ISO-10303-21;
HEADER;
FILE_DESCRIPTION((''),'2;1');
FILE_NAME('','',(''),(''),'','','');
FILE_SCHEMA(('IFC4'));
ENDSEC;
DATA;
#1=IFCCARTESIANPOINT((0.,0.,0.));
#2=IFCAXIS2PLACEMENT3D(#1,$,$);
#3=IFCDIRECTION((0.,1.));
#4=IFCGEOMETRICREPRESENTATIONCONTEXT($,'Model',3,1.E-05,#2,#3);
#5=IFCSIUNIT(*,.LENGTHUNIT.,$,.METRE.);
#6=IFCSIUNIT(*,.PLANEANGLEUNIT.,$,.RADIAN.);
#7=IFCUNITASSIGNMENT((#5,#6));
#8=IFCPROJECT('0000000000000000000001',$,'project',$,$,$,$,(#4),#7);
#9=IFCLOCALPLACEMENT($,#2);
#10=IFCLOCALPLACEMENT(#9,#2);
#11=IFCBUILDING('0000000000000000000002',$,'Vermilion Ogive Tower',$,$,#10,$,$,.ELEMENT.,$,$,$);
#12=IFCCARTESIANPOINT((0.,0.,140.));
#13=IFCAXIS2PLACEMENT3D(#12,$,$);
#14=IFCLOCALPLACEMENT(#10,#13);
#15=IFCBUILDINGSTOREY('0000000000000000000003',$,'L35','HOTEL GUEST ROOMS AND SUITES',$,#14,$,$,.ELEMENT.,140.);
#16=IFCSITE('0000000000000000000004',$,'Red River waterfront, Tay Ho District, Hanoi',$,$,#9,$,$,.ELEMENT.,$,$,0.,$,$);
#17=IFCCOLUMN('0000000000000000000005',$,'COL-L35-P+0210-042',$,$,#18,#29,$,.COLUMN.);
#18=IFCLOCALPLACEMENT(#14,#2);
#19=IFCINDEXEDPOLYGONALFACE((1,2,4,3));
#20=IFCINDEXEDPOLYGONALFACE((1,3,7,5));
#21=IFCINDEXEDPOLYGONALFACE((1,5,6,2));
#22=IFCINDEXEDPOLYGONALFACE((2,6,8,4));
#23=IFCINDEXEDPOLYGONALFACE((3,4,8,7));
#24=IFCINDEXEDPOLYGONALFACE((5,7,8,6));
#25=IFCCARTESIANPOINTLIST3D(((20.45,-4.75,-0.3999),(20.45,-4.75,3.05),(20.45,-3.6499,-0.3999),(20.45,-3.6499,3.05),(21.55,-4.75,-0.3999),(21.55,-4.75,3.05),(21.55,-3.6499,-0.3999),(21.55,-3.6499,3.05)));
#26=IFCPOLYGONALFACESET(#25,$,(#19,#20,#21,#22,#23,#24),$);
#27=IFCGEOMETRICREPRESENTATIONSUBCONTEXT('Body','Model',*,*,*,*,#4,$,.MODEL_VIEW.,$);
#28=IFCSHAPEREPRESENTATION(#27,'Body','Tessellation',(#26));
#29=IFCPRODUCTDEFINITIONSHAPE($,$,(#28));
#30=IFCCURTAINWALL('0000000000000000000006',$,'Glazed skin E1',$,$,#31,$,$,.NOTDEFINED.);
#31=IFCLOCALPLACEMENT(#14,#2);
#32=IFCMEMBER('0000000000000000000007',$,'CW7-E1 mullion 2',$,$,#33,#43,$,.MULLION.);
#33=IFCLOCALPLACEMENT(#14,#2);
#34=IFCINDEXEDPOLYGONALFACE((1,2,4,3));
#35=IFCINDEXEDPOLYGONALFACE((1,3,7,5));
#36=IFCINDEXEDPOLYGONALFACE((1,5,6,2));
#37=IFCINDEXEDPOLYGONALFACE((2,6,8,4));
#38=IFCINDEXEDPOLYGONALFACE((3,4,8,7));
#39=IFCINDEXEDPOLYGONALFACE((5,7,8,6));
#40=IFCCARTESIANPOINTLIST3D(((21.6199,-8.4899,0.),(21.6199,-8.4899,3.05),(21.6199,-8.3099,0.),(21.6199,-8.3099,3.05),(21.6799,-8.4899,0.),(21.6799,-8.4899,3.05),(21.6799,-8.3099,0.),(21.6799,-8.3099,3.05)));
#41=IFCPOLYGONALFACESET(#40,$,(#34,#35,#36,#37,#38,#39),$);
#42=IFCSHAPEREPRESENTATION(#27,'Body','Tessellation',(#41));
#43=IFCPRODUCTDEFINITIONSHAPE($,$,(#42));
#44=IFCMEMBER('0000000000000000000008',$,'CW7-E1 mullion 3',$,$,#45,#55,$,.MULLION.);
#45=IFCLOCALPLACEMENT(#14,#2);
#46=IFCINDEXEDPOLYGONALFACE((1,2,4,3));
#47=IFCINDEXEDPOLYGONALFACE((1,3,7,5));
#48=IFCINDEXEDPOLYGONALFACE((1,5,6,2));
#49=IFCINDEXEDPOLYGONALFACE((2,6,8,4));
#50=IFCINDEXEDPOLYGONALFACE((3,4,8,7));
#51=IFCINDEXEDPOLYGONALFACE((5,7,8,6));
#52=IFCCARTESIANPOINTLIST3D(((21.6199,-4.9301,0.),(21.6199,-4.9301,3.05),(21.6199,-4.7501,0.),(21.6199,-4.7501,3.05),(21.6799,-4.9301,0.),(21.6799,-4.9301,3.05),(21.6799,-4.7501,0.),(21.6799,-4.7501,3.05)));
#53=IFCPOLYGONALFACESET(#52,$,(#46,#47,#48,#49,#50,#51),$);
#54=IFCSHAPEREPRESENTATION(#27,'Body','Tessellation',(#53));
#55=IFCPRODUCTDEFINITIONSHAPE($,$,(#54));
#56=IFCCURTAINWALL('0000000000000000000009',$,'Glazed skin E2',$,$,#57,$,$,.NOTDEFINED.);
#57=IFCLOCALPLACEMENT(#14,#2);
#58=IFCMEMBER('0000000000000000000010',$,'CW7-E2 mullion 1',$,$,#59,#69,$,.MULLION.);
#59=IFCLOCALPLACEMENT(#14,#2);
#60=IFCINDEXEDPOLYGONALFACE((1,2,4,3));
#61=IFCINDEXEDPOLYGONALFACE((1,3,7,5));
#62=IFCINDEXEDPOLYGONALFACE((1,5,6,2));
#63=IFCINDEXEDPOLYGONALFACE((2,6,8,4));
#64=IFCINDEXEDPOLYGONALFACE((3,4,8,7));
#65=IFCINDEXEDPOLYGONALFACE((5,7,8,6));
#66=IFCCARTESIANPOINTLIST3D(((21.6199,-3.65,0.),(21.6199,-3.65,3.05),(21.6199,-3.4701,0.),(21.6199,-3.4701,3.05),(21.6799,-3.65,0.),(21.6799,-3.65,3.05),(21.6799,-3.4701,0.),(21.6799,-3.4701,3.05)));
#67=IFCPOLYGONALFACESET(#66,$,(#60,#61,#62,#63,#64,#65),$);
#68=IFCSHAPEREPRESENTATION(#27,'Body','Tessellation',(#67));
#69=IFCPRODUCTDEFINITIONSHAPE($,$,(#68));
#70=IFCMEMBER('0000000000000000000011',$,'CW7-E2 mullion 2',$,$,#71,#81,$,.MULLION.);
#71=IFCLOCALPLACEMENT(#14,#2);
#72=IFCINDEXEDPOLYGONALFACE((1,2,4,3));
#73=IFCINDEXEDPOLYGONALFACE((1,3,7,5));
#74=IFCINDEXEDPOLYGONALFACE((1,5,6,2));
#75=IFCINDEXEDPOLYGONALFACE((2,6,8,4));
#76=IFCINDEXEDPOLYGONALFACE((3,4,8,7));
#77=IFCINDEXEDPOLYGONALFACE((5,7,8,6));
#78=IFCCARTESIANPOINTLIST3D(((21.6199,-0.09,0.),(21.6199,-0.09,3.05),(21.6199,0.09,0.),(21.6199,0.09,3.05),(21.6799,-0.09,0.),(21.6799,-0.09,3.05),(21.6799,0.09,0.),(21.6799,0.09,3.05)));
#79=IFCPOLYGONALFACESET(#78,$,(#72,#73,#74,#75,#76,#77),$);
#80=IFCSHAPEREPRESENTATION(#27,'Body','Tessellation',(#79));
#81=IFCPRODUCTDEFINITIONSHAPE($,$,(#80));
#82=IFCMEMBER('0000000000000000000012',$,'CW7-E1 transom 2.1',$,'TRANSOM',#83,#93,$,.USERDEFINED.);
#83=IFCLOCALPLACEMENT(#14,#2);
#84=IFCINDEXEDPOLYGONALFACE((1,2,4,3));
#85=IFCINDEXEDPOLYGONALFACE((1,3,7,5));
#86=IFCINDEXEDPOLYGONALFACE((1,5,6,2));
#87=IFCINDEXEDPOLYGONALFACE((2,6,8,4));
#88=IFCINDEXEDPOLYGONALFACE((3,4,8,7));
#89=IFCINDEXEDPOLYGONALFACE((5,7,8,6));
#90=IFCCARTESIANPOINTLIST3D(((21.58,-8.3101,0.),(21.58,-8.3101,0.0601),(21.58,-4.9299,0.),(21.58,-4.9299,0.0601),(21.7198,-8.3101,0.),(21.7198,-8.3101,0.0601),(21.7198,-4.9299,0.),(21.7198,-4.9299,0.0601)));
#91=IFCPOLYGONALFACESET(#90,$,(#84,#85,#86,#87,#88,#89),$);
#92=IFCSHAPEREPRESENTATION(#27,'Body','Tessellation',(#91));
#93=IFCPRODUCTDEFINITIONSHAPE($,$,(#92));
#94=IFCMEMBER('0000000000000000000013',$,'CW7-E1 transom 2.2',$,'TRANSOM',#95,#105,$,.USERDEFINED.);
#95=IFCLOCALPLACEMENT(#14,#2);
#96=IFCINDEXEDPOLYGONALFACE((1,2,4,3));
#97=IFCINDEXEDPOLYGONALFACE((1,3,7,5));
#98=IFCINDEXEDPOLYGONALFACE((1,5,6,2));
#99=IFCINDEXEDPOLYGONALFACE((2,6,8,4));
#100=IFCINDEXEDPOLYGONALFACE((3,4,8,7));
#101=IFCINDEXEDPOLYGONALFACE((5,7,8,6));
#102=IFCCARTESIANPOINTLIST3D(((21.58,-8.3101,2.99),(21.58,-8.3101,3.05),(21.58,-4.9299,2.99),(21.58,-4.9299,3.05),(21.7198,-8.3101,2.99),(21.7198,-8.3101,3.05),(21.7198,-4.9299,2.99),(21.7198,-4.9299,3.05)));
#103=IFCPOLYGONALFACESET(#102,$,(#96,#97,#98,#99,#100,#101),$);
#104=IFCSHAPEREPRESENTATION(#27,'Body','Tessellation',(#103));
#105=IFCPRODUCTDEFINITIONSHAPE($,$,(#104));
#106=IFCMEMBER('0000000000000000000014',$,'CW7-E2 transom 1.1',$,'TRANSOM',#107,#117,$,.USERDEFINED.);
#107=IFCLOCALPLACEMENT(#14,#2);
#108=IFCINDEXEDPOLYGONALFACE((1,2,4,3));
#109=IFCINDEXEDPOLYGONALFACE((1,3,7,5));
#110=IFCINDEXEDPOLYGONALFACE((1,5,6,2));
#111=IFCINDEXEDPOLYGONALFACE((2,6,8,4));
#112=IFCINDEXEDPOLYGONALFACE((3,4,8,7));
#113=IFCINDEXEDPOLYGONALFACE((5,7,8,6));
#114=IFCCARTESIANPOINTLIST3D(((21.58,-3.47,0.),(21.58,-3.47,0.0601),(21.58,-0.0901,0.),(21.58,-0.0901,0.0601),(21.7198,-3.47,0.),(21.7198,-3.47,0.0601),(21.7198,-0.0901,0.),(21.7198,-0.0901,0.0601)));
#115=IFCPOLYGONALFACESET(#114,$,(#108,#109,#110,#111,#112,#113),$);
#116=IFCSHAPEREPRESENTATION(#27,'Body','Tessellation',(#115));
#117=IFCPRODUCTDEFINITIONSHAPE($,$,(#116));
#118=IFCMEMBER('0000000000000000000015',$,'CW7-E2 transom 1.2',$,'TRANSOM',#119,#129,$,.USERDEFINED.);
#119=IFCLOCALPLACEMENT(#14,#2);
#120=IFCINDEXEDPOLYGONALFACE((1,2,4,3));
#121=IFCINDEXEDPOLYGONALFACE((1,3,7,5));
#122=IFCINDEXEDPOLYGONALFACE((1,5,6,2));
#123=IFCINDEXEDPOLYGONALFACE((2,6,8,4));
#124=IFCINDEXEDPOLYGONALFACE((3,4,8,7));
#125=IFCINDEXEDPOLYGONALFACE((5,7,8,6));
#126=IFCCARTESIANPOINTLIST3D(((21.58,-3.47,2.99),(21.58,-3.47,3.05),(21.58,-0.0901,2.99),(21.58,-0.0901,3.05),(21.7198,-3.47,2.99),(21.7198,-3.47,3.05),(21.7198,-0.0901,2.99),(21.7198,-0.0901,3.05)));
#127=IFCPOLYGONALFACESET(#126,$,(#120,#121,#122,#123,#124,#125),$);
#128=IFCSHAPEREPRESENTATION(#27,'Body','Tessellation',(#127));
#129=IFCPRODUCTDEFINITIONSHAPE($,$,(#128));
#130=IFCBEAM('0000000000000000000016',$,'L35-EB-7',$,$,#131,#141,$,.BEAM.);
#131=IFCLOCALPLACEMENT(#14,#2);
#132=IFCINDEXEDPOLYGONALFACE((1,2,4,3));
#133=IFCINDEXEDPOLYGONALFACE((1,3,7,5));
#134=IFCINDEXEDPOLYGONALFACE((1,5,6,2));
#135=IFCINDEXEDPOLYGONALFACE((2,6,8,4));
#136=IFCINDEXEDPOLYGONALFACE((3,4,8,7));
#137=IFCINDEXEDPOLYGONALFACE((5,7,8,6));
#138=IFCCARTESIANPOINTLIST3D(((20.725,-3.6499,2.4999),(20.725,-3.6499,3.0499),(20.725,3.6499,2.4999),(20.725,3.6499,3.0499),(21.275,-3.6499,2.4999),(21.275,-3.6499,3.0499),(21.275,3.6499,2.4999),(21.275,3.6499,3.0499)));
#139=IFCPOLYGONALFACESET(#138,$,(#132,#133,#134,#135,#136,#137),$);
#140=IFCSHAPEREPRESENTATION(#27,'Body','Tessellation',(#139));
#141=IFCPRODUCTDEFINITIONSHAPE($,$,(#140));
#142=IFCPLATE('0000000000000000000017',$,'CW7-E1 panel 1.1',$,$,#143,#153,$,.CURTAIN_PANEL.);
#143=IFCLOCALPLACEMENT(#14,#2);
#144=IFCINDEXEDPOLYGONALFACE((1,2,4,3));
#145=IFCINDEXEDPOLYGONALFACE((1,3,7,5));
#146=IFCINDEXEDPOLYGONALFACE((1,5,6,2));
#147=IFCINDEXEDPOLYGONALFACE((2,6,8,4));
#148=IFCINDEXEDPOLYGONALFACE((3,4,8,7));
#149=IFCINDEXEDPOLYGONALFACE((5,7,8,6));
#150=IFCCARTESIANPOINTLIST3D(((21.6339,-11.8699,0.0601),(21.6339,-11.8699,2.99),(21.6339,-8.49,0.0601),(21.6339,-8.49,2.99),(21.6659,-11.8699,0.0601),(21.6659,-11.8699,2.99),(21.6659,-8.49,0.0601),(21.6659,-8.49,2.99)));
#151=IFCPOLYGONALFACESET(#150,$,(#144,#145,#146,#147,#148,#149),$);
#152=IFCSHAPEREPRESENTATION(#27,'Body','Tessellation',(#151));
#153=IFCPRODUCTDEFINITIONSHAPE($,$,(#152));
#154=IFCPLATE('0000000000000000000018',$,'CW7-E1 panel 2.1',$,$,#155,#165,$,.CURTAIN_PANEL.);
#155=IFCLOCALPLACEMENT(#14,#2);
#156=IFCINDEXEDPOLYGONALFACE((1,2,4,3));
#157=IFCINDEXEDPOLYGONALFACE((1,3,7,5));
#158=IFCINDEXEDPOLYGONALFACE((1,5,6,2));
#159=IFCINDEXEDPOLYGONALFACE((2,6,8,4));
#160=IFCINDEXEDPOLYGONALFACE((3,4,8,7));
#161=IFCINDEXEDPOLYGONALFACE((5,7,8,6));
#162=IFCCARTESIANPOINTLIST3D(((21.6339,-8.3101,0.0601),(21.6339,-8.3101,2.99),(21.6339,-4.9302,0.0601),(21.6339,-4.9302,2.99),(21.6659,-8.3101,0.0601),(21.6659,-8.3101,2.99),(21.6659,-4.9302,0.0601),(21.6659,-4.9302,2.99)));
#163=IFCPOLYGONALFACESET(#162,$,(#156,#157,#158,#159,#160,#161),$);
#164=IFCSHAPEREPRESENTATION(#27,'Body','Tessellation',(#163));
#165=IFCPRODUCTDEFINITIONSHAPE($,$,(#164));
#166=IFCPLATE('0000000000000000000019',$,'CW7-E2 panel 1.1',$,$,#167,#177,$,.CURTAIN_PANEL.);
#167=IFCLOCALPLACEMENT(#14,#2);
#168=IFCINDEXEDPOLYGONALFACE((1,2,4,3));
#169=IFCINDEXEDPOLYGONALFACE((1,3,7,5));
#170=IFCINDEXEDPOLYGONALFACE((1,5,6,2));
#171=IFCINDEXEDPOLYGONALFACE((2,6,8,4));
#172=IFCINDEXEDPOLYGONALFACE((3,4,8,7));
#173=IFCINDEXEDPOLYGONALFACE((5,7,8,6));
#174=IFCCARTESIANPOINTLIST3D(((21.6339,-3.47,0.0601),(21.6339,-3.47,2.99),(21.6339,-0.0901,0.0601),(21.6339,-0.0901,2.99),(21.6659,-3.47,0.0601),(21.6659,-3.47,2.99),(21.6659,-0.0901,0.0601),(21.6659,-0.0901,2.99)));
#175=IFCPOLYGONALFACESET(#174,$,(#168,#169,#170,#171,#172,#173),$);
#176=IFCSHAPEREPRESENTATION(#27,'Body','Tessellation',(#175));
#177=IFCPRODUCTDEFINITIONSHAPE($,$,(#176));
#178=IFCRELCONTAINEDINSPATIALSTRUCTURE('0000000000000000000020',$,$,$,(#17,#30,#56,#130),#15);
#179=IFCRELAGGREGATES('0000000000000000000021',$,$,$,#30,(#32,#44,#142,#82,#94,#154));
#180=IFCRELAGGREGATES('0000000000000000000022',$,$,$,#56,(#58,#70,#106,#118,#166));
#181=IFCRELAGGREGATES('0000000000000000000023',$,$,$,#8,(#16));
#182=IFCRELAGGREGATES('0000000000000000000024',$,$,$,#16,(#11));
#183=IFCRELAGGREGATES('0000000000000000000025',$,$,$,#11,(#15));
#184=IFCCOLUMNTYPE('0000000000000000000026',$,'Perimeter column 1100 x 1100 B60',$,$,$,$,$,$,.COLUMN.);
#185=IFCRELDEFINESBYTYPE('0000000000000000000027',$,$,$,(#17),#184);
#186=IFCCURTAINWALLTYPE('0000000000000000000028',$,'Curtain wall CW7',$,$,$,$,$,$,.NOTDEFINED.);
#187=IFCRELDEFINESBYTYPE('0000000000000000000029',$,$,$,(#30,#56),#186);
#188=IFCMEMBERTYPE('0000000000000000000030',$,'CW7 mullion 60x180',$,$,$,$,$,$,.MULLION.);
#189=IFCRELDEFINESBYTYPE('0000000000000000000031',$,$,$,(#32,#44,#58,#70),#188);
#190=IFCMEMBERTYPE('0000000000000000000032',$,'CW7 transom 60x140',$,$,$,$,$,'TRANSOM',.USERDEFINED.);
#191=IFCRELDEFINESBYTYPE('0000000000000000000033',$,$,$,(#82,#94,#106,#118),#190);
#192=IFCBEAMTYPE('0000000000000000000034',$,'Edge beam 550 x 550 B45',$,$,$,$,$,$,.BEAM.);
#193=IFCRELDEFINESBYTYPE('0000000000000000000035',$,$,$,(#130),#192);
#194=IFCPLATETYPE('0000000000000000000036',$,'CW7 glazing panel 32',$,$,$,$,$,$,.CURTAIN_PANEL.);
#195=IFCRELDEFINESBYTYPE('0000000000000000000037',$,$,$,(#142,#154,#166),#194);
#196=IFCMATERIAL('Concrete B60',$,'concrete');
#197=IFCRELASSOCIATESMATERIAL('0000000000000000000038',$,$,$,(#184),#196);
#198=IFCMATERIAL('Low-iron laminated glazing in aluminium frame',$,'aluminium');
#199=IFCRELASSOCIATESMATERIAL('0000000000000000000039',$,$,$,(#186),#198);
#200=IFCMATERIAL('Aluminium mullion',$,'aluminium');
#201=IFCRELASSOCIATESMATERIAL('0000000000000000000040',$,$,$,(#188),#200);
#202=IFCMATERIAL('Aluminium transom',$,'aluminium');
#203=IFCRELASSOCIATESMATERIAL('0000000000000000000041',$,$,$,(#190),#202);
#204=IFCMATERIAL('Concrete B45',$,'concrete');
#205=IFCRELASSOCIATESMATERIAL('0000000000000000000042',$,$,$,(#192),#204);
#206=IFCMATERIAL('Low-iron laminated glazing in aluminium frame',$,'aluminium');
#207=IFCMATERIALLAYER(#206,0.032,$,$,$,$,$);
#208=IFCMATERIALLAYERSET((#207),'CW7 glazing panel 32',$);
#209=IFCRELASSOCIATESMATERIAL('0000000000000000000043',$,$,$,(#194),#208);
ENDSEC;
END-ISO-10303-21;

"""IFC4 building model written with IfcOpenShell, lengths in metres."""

from ifc_helpers import new_model, si_unit, direction, frame, origin, origin_2d, place, context, subcontext, project, spatial, rectangle, extrude, material, layer, layer_set, material_profile, profile_set, type_object, element, aggregate, save


model = new_model("IFC4")

# Units and contexts
model_context = context("Model", 3, precision=1e-05, world=origin(), true_north=direction((0.0, 1.0)))
body_context = subcontext(model_context, "Body", "Model", "MODEL_VIEW")
ifc_project = project(units=[si_unit("LENGTHUNIT", "METRE"), si_unit("PLANEANGLEUNIT", "RADIAN")], contexts=[model_context])

# Site, building, storey
site_placement = place(None, origin())
site = spatial("IfcSite", under=ifc_project, at=site_placement, Name="Red River waterfront, Tay Ho District, Hanoi", CompositionType="ELEMENT", RefElevation=0.0)
building_placement = place(site_placement, origin())
building = spatial("IfcBuilding", under=site, at=building_placement, Name="Vermilion Ogive Tower", CompositionType="ELEMENT")
storey_placement = place(building_placement, frame((0.0, 0.0, 140.0)))
storey = spatial("IfcBuildingStorey", under=building, at=storey_placement, Name="L35", Description="HOTEL GUEST ROOMS AND SUITES", CompositionType="ELEMENT", Elevation=140.0)

# Column
ifc_material_1 = material(Name="Concrete B60", Category="concrete")
ifc_material_profile_1 = material_profile(ifc_material_1, rectangle(XDim=1.1001, YDim=1.1001, at=origin_2d()), Name="1100 x 1100")
ifc_profile_set_1 = profile_set([ifc_material_profile_1], Name="Concrete B60")
column_type = type_object("IfcColumnType", Name="Perimeter column 1100 x 1100 B60", PredefinedType="COLUMN", material=ifc_profile_set_1)
column_placement = place(storey_placement, frame((21.0, -4.2, -0.3999), z_axis=(0.0, 0.0, 1.0), x_axis=(1.0, 0.0, 0.0)))
element("IfcColumn", 1, at=column_placement, inside=storey, type_object=column_type, Name="COL-L35-P+0210-042", PredefinedType="COLUMN", context=body_context, shape_type="SweptSolid", body=[
    extrude(rectangle(XDim=1.1001, YDim=1.1001, at=origin_2d()), origin(), (0.0, 0.0, 1.0), 3.45),
])

# Curtain walls, members
ifc_material_2 = material(Name="Low-iron laminated glazing in aluminium frame", Category="aluminium")
curtain_wall_type = type_object("IfcCurtainWallType", Name="Curtain wall CW7", PredefinedType="NOTDEFINED", material=ifc_material_2)
curtain_wall_1_placement = place(storey_placement, origin())
curtain_wall_1 = element("IfcCurtainWall", 2, at=curtain_wall_1_placement, inside=storey, type_object=curtain_wall_type, Name="Glazed skin E1", PredefinedType="NOTDEFINED")
ifc_material_3 = material(Name="Aluminium mullion", Category="aluminium")
ifc_material_profile_2 = material_profile(ifc_material_3, rectangle(XDim=0.0601, YDim=0.1799, at=origin_2d()), Name="AL 60x180")
ifc_profile_set_2 = profile_set([ifc_material_profile_2], Name="Aluminium mullion")
member_type_1 = type_object("IfcMemberType", Name="CW7 mullion 60x180", PredefinedType="MULLION", material=ifc_profile_set_2)
member_1_placement = place(storey_placement, frame((21.6499, -8.3999, 0.0), z_axis=(0.0, 0.0, 1.0), x_axis=(-1.0, 0.0, 0.0)))
member_1 = element("IfcMember", 3, at=member_1_placement, type_object=member_type_1, Name="CW7-E1 mullion 2", PredefinedType="MULLION", context=body_context, shape_type="SweptSolid", body=[
    extrude(rectangle(XDim=0.0601, YDim=0.1799, at=origin_2d()), origin(), (0.0, 0.0, 1.0), 3.05),
])
member_2_placement = place(storey_placement, frame((21.6499, -4.8401, 0.0), z_axis=(0.0, 0.0, 1.0), x_axis=(-1.0, 0.0, 0.0)))
member_2 = element("IfcMember", 4, at=member_2_placement, type_object=member_type_1, Name="CW7-E1 mullion 3", PredefinedType="MULLION", context=body_context, shape_type="SweptSolid", body=[
    extrude(rectangle(XDim=0.0601, YDim=0.1799, at=origin_2d()), origin(), (0.0, 0.0, 1.0), 3.05),
])
curtain_wall_2_placement = place(storey_placement, origin())
curtain_wall_2 = element("IfcCurtainWall", 5, at=curtain_wall_2_placement, inside=storey, type_object=curtain_wall_type, Name="Glazed skin E2", PredefinedType="NOTDEFINED")
member_3_placement = place(storey_placement, frame((21.6499, -3.5601, 0.0), z_axis=(0.0, 0.0, 1.0), x_axis=(-1.0, 0.0, 0.0)))
member_3 = element("IfcMember", 6, at=member_3_placement, type_object=member_type_1, Name="CW7-E2 mullion 1", PredefinedType="MULLION", context=body_context, shape_type="SweptSolid", body=[
    extrude(rectangle(XDim=0.0601, YDim=0.1799, at=origin_2d()), origin(), (0.0, 0.0, 1.0), 3.05),
])
member_4_placement = place(storey_placement, frame((21.6499, 0.0, 0.0), z_axis=(0.0, 0.0, 1.0), x_axis=(-1.0, 0.0, 0.0)))
member_4 = element("IfcMember", 7, at=member_4_placement, type_object=member_type_1, Name="CW7-E2 mullion 2", PredefinedType="MULLION", context=body_context, shape_type="SweptSolid", body=[
    extrude(rectangle(XDim=0.0601, YDim=0.1799, at=origin_2d()), origin(), (0.0, 0.0, 1.0), 3.05),
])

# Members
ifc_material_4 = material(Name="Aluminium transom", Category="aluminium")
ifc_material_profile_3 = material_profile(ifc_material_4, rectangle(XDim=0.1399, YDim=0.0601, at=origin_2d()), Name="AL 60x140")
ifc_profile_set_3 = profile_set([ifc_material_profile_3], Name="Aluminium transom")
member_type_2 = type_object("IfcMemberType", Name="CW7 transom 60x140", ElementType="TRANSOM", PredefinedType="USERDEFINED", material=ifc_profile_set_3)
member_5_placement = place(storey_placement, frame((21.6499, -8.3101, 0.03), z_axis=(0.0, 1.0, 0.0), x_axis=(-1.0, 0.0, 0.0)))
member_5 = element("IfcMember", 8, at=member_5_placement, type_object=member_type_2, Name="CW7-E1 transom 2.1", ObjectType="TRANSOM", PredefinedType="USERDEFINED", context=body_context, shape_type="SweptSolid", body=[
    extrude(rectangle(XDim=0.1399, YDim=0.0601, at=origin_2d()), origin(), (0.0, 0.0, 1.0), 3.3801),
])
member_6_placement = place(storey_placement, frame((21.6499, -8.3101, 3.02), z_axis=(0.0, 1.0, 0.0), x_axis=(-1.0, 0.0, 0.0)))
member_6 = element("IfcMember", 9, at=member_6_placement, type_object=member_type_2, Name="CW7-E1 transom 2.2", ObjectType="TRANSOM", PredefinedType="USERDEFINED", context=body_context, shape_type="SweptSolid", body=[
    extrude(rectangle(XDim=0.1399, YDim=0.0601, at=origin_2d()), origin(), (0.0, 0.0, 1.0), 3.3801),
])
member_7_placement = place(storey_placement, frame((21.6499, -3.47, 0.03), z_axis=(0.0, 1.0, 0.0), x_axis=(-1.0, 0.0, 0.0)))
member_7 = element("IfcMember", 10, at=member_7_placement, type_object=member_type_2, Name="CW7-E2 transom 1.1", ObjectType="TRANSOM", PredefinedType="USERDEFINED", context=body_context, shape_type="SweptSolid", body=[
    extrude(rectangle(XDim=0.1399, YDim=0.0601, at=origin_2d()), origin(), (0.0, 0.0, 1.0), 3.3799),
])
member_8_placement = place(storey_placement, frame((21.6499, -3.47, 3.02), z_axis=(0.0, 1.0, 0.0), x_axis=(-1.0, 0.0, 0.0)))
member_8 = element("IfcMember", 11, at=member_8_placement, type_object=member_type_2, Name="CW7-E2 transom 1.2", ObjectType="TRANSOM", PredefinedType="USERDEFINED", context=body_context, shape_type="SweptSolid", body=[
    extrude(rectangle(XDim=0.1399, YDim=0.0601, at=origin_2d()), origin(), (0.0, 0.0, 1.0), 3.3799),
])

# Beam
ifc_material_5 = material(Name="Concrete B45", Category="concrete")
ifc_material_profile_4 = material_profile(ifc_material_5, rectangle(XDim=0.55, YDim=0.55, at=origin_2d()), Name="550 x 550")
ifc_profile_set_4 = profile_set([ifc_material_profile_4], Name="Concrete B45")
beam_type = type_object("IfcBeamType", Name="Edge beam 550 x 550 B45", PredefinedType="BEAM", material=ifc_profile_set_4)
beam_placement = place(storey_placement, frame((21.0, -3.6499, 2.7749), z_axis=(0.0, 1.0, 0.0), x_axis=(-1.0, 0.0, 0.0)))
element("IfcBeam", 12, at=beam_placement, inside=storey, type_object=beam_type, Name="L35-EB-7", PredefinedType="BEAM", context=body_context, shape_type="SweptSolid", body=[
    extrude(rectangle(XDim=0.55, YDim=0.55, at=origin_2d()), origin(), (0.0, 0.0, 1.0), 7.2998),
])

# Plates
ifc_material_6 = material(Name="Low-iron laminated glazing in aluminium frame", Category="aluminium")
ifc_layer_1 = layer(ifc_material_6, 0.032)
ifc_layer_set_1 = layer_set([ifc_layer_1], Name="CW7 glazing panel 32")
plate_type = type_object("IfcPlateType", Name="CW7 glazing panel 32", PredefinedType="CURTAIN_PANEL", material=ifc_layer_set_1)
plate_1_placement = place(storey_placement, frame((21.6499, -10.1799, 0.0601), z_axis=(0.0, 0.0, 1.0), x_axis=(0.0, 1.0, 0.0)))
plate_1 = element("IfcPlate", 13, at=plate_1_placement, type_object=plate_type, Name="CW7-E1 panel 1.1", PredefinedType="CURTAIN_PANEL", context=body_context, shape_type="SweptSolid", body=[
    extrude(rectangle(XDim=3.3799, YDim=0.032, at=origin_2d()), origin(), (0.0, 0.0, 1.0), 2.9299),
])
plate_2_placement = place(storey_placement, frame((21.6499, -6.6201, 0.0601), z_axis=(0.0, 0.0, 1.0), x_axis=(0.0, 1.0, 0.0)))
plate_2 = element("IfcPlate", 14, at=plate_2_placement, type_object=plate_type, Name="CW7-E1 panel 2.1", PredefinedType="CURTAIN_PANEL", context=body_context, shape_type="SweptSolid", body=[
    extrude(rectangle(XDim=3.3799, YDim=0.032, at=origin_2d()), origin(), (0.0, 0.0, 1.0), 2.9299),
])
aggregate(curtain_wall_1, [member_1, member_2, plate_1, member_5, member_6, plate_2])
plate_3_placement = place(storey_placement, frame((21.6499, -1.78, 0.0601), z_axis=(0.0, 0.0, 1.0), x_axis=(0.0, 1.0, 0.0)))
plate_3 = element("IfcPlate", 15, at=plate_3_placement, type_object=plate_type, Name="CW7-E2 panel 1.1", PredefinedType="CURTAIN_PANEL", context=body_context, shape_type="SweptSolid", body=[
    extrude(rectangle(XDim=3.3799, YDim=0.032, at=origin_2d()), origin(), (0.0, 0.0, 1.0), 2.9299),
])
aggregate(curtain_wall_2, [member_3, member_4, member_7, member_8, plate_3])

save(model, "model.ifc")
